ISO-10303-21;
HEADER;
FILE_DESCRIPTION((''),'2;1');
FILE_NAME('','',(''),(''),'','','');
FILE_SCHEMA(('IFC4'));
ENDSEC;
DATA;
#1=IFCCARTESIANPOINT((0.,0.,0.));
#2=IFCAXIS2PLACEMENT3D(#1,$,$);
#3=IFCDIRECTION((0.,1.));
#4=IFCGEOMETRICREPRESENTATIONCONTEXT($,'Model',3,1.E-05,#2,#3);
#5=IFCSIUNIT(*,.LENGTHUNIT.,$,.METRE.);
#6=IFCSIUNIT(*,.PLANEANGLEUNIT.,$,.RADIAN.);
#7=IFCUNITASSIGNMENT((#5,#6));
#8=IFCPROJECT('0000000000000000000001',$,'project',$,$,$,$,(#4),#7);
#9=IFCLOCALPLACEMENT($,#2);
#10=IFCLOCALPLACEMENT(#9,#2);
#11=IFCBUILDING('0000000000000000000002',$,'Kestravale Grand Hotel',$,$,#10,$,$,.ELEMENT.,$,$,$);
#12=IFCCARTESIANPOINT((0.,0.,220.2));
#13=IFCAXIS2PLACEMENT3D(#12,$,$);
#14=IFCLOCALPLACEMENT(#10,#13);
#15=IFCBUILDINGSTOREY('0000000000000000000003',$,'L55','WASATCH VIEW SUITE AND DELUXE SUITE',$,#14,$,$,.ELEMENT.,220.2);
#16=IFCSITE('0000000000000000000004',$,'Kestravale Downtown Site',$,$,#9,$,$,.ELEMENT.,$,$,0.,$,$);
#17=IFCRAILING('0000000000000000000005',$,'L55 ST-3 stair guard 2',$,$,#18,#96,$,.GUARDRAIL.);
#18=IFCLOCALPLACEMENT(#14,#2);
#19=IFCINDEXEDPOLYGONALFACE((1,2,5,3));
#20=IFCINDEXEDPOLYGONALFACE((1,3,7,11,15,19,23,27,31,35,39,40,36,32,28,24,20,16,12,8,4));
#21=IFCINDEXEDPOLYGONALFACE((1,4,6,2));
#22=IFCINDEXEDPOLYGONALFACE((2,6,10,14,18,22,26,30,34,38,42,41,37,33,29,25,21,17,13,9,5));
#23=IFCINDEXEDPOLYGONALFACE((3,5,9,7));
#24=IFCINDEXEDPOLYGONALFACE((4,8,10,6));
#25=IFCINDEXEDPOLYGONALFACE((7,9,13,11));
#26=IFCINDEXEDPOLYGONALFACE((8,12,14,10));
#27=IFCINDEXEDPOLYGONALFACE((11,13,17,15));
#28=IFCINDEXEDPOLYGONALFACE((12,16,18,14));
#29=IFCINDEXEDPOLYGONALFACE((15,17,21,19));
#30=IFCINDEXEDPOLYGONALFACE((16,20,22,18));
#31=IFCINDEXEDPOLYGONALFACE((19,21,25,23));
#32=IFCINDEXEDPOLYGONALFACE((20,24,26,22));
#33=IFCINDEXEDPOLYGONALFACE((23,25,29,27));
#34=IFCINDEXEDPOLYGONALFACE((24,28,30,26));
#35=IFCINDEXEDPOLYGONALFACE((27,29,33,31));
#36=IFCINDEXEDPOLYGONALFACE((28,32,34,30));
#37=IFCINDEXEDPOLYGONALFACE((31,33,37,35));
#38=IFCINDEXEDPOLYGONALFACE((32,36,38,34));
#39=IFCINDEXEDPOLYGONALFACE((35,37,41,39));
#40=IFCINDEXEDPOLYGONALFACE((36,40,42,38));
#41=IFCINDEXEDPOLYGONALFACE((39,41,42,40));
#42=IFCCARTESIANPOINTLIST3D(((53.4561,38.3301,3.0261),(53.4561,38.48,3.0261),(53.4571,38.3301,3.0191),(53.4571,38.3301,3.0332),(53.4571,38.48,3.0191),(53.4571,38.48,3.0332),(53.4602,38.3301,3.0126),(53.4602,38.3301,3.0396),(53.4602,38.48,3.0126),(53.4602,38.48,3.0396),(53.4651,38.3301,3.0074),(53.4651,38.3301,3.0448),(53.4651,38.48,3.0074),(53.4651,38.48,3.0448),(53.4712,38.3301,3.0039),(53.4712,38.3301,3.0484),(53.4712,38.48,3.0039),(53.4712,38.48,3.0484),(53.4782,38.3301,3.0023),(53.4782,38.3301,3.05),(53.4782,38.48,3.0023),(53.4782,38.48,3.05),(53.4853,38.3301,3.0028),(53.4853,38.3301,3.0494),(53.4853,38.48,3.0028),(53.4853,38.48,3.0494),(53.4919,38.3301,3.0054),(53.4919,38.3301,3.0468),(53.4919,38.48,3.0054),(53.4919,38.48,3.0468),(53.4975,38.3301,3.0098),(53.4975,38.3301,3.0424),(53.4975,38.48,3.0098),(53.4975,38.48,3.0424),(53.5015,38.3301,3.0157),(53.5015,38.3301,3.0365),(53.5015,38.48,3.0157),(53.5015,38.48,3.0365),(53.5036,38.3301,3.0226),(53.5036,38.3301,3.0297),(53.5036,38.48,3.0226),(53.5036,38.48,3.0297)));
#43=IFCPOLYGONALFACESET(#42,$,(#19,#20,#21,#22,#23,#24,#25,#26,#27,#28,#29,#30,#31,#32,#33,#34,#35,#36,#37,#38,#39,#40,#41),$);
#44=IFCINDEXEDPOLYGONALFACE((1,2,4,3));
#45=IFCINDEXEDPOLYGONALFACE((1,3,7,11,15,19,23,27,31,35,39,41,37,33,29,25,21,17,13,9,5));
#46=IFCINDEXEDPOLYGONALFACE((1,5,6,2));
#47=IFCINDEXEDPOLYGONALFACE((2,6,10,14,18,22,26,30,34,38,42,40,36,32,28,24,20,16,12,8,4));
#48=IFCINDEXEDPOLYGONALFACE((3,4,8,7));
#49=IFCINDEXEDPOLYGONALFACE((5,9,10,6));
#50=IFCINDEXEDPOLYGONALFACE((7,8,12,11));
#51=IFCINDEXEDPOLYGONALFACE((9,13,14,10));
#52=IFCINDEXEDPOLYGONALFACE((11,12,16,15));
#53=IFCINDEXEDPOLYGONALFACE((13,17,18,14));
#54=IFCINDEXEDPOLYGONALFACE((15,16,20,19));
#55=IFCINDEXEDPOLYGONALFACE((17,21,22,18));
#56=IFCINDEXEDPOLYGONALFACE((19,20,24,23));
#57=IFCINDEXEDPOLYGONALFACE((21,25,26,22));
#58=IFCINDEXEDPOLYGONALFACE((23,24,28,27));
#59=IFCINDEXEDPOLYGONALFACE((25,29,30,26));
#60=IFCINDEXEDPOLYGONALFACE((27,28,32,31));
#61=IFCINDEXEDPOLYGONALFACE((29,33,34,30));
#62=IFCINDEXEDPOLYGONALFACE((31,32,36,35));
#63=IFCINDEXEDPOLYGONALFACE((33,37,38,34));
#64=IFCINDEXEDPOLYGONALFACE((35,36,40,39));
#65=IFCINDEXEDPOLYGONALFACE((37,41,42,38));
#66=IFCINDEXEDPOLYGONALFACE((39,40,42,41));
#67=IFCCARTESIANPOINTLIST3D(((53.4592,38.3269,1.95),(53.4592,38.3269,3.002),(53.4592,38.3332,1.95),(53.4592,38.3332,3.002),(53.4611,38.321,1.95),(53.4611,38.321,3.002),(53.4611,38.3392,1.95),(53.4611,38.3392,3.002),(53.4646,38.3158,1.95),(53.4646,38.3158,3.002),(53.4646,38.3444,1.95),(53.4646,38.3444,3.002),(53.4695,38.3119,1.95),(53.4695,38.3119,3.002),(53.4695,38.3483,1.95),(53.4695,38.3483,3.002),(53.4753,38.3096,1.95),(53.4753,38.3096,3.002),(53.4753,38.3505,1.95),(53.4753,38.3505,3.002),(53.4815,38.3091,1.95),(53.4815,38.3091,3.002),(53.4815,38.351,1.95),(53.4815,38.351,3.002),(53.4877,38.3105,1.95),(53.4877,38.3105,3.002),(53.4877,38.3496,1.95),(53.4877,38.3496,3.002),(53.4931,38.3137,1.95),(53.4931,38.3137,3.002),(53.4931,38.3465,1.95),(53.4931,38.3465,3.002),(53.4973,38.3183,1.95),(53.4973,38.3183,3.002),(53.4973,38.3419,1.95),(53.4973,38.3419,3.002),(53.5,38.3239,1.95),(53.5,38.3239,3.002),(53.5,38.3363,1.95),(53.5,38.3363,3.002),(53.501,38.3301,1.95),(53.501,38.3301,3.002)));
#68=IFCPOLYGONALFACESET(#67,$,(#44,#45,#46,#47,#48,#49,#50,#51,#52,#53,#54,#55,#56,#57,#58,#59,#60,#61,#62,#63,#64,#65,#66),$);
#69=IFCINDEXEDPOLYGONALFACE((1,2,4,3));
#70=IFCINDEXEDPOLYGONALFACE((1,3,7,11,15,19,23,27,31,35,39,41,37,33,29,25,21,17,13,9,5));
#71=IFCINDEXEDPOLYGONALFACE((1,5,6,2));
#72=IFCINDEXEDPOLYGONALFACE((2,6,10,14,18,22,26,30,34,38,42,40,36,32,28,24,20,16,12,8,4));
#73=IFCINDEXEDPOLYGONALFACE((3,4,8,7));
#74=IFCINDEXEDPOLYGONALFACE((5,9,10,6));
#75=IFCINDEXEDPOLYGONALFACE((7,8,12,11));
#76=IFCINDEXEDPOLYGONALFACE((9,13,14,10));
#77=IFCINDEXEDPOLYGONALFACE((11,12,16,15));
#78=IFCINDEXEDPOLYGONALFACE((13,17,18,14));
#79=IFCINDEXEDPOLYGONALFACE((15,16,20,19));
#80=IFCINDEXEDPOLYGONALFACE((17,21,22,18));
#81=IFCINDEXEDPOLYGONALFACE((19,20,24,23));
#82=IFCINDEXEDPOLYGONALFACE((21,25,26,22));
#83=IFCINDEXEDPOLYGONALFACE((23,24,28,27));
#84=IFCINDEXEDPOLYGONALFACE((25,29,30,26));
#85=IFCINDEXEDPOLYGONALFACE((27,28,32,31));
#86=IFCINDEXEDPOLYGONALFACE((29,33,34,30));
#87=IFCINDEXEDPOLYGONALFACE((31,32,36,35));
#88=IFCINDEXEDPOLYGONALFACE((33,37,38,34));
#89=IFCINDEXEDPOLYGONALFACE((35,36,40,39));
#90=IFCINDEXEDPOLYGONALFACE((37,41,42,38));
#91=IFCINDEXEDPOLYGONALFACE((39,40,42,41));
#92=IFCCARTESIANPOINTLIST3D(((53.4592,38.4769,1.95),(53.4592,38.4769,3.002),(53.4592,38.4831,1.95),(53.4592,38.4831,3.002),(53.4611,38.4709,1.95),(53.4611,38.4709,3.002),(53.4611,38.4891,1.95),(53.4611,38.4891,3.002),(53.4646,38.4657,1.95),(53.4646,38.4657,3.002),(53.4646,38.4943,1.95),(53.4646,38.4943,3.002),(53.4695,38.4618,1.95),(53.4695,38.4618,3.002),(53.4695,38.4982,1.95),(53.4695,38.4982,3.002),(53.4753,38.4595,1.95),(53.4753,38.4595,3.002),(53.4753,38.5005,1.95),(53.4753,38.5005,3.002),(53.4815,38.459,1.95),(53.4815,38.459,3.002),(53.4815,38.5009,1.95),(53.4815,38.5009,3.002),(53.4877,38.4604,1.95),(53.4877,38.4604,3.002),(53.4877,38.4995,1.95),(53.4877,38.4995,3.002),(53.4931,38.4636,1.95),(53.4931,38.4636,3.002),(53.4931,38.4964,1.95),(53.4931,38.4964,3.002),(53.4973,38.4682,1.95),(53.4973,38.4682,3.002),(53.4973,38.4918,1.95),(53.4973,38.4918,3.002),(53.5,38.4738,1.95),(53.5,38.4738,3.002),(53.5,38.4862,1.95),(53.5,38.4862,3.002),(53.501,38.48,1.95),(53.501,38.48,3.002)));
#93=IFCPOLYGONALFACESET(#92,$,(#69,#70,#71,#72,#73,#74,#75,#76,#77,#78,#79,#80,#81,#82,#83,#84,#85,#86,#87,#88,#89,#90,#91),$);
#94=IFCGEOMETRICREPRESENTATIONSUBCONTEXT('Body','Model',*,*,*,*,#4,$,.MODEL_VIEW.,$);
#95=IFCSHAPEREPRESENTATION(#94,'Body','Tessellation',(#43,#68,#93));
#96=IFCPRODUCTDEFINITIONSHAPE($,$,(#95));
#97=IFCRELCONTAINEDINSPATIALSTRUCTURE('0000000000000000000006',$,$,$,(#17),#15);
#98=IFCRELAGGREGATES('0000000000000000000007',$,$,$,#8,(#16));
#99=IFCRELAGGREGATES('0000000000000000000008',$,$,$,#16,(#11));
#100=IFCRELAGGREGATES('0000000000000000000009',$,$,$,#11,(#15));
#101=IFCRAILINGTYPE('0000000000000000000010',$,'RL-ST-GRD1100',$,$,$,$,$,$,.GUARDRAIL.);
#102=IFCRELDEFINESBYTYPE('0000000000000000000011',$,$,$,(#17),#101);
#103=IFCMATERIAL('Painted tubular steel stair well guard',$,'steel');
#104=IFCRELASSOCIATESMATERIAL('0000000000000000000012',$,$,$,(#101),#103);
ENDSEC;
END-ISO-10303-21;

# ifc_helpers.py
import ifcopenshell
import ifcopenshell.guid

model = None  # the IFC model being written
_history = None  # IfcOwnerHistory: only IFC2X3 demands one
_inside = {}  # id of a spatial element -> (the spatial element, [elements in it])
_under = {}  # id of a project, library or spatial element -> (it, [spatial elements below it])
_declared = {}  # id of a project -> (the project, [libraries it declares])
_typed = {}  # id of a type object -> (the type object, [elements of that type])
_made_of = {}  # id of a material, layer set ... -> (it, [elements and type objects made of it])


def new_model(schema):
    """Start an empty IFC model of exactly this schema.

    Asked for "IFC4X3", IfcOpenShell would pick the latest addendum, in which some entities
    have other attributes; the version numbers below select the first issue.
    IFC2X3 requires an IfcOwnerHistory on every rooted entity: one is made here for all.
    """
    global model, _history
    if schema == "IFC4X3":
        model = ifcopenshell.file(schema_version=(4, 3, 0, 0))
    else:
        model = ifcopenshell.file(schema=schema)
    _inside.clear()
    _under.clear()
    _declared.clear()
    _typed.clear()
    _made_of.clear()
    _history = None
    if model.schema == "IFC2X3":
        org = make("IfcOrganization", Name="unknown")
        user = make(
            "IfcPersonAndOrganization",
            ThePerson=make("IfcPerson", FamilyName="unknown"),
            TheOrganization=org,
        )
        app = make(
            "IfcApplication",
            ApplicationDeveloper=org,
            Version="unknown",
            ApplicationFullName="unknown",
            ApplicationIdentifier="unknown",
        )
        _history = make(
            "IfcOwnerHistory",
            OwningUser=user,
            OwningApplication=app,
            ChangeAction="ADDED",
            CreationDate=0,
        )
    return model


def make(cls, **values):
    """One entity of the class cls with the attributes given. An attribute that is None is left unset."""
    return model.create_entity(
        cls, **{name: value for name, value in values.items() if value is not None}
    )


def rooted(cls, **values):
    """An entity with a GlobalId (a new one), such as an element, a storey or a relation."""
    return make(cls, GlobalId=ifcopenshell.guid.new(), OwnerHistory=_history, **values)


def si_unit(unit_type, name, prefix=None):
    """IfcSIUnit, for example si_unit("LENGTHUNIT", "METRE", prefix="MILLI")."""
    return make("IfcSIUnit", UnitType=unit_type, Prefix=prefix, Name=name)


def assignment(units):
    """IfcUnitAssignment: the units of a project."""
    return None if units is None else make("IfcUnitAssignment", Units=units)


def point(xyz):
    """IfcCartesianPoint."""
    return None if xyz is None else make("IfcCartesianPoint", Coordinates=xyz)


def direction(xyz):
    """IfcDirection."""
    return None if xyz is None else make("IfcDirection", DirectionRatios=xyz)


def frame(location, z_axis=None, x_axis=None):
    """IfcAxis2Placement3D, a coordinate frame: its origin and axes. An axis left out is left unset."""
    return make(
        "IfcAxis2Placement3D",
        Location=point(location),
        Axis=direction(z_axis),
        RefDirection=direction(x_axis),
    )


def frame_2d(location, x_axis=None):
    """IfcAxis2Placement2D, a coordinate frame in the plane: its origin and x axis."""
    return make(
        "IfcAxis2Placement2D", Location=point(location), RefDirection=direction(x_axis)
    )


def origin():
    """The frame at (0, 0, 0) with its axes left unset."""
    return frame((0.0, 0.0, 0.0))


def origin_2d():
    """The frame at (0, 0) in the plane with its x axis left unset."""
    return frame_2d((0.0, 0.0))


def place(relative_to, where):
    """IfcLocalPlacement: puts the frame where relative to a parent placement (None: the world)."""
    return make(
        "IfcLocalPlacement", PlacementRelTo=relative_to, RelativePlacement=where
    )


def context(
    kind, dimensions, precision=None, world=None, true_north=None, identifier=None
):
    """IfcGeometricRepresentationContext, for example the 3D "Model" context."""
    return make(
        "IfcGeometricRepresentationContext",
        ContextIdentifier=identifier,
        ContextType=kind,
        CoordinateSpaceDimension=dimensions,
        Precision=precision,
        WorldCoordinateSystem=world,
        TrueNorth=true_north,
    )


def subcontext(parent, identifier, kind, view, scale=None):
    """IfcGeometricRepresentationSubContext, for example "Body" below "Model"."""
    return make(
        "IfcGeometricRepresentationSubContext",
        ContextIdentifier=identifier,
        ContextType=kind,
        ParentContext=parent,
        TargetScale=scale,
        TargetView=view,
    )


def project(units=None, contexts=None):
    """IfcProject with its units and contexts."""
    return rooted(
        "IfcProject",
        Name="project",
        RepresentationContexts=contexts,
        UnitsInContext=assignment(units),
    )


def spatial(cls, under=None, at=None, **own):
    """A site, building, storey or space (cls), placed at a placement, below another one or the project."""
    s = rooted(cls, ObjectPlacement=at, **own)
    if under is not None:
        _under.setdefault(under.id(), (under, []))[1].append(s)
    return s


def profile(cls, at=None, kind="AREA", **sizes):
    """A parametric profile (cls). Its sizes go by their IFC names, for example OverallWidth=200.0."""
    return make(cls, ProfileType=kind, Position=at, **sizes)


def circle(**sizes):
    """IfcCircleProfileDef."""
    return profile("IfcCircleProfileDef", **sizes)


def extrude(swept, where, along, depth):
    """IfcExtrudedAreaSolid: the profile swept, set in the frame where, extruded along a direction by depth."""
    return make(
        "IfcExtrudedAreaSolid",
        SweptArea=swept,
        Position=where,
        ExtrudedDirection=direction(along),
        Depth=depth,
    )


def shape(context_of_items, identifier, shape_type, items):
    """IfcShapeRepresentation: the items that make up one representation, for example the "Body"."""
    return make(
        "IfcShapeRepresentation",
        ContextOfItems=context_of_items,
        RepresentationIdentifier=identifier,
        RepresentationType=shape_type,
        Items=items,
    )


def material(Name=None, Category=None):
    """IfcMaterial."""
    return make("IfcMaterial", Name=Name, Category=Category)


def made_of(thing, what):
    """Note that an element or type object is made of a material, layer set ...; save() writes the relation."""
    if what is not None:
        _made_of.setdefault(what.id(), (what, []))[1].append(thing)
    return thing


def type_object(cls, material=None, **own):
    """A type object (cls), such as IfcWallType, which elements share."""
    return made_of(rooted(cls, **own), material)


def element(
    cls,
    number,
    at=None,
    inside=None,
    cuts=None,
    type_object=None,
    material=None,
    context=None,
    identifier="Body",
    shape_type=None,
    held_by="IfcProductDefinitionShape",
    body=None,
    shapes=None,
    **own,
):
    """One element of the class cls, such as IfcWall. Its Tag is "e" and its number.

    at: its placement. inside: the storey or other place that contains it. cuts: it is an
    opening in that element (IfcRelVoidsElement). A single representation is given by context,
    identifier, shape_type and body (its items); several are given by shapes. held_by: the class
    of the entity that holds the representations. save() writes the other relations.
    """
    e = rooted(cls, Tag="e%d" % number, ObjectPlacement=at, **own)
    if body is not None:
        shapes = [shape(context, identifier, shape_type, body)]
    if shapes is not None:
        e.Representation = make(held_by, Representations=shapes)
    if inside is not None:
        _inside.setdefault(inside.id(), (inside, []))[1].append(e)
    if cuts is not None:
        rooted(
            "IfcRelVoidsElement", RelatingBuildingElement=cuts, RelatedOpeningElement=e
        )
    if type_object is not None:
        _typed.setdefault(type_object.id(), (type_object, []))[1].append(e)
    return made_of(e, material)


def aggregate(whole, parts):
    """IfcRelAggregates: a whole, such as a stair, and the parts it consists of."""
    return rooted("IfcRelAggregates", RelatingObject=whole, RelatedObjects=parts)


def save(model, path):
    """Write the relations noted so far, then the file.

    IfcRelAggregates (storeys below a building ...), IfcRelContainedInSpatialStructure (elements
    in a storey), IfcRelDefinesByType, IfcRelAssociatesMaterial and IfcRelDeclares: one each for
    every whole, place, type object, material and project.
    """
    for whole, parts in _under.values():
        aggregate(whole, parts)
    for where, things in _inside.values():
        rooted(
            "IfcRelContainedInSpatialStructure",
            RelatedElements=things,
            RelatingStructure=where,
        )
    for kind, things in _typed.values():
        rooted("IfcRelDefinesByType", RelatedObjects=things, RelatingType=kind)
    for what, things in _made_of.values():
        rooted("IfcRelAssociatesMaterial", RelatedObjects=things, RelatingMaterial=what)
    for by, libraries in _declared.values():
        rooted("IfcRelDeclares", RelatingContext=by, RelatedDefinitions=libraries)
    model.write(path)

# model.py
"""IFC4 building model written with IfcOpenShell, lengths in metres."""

from ifc_helpers import new_model, si_unit, direction, frame, origin, origin_2d, place, context, subcontext, project, spatial, circle, extrude, material, type_object, element, save


model = new_model("IFC4")

# Units and contexts
model_context = context("Model", 3, precision=1e-05, world=origin(), true_north=direction((0.0, 1.0)))
body_context = subcontext(model_context, "Body", "Model", "MODEL_VIEW")
ifc_project = project(units=[si_unit("LENGTHUNIT", "METRE"), si_unit("PLANEANGLEUNIT", "RADIAN")], contexts=[model_context])

# Site, building, storey
site_placement = place(None, origin())
site = spatial("IfcSite", under=ifc_project, at=site_placement, Name="Kestravale Downtown Site", CompositionType="ELEMENT", RefElevation=0.0)
building_placement = place(site_placement, origin())
building = spatial("IfcBuilding", under=site, at=building_placement, Name="Kestravale Grand Hotel", CompositionType="ELEMENT")
storey_placement = place(building_placement, frame((0.0, 0.0, 220.2)))
storey = spatial("IfcBuildingStorey", under=building, at=storey_placement, Name="L55", Description="WASATCH VIEW SUITE AND DELUXE SUITE", CompositionType="ELEMENT", Elevation=220.2)

# Railing
ifc_material_1 = material(Name="Painted tubular steel stair well guard", Category="steel")
railing_type_1 = type_object("IfcRailingType", Name="RL-ST-GRD1100", PredefinedType="GUARDRAIL", material=ifc_material_1)
railing_1_placement = place(storey_placement, frame((53.48, 38.3301, 1.95)))
element("IfcRailing", 1, at=railing_1_placement, inside=storey, type_object=railing_type_1, Name="L55 ST-3 stair guard 2", PredefinedType="GUARDRAIL", context=body_context, shape_type="SweptSolid", body=[
    extrude(circle(Radius=0.0239, at=origin_2d()), frame((0.0, 0.0, 1.0762), z_axis=(0.0, 1.0, 0.0), x_axis=(-1.0, 0.0, 0.0)), (0.0, 0.0, 1.0), 0.1499),
    extrude(circle(Radius=0.021, at=origin_2d()), origin(), (0.0, 0.0, 1.0), 1.052),
    extrude(circle(Radius=0.021, at=origin_2d()), frame((0.0, 0.1499, 0.0)), (0.0, 0.0, 1.0), 1.052),
])

save(model, "model.ifc")
